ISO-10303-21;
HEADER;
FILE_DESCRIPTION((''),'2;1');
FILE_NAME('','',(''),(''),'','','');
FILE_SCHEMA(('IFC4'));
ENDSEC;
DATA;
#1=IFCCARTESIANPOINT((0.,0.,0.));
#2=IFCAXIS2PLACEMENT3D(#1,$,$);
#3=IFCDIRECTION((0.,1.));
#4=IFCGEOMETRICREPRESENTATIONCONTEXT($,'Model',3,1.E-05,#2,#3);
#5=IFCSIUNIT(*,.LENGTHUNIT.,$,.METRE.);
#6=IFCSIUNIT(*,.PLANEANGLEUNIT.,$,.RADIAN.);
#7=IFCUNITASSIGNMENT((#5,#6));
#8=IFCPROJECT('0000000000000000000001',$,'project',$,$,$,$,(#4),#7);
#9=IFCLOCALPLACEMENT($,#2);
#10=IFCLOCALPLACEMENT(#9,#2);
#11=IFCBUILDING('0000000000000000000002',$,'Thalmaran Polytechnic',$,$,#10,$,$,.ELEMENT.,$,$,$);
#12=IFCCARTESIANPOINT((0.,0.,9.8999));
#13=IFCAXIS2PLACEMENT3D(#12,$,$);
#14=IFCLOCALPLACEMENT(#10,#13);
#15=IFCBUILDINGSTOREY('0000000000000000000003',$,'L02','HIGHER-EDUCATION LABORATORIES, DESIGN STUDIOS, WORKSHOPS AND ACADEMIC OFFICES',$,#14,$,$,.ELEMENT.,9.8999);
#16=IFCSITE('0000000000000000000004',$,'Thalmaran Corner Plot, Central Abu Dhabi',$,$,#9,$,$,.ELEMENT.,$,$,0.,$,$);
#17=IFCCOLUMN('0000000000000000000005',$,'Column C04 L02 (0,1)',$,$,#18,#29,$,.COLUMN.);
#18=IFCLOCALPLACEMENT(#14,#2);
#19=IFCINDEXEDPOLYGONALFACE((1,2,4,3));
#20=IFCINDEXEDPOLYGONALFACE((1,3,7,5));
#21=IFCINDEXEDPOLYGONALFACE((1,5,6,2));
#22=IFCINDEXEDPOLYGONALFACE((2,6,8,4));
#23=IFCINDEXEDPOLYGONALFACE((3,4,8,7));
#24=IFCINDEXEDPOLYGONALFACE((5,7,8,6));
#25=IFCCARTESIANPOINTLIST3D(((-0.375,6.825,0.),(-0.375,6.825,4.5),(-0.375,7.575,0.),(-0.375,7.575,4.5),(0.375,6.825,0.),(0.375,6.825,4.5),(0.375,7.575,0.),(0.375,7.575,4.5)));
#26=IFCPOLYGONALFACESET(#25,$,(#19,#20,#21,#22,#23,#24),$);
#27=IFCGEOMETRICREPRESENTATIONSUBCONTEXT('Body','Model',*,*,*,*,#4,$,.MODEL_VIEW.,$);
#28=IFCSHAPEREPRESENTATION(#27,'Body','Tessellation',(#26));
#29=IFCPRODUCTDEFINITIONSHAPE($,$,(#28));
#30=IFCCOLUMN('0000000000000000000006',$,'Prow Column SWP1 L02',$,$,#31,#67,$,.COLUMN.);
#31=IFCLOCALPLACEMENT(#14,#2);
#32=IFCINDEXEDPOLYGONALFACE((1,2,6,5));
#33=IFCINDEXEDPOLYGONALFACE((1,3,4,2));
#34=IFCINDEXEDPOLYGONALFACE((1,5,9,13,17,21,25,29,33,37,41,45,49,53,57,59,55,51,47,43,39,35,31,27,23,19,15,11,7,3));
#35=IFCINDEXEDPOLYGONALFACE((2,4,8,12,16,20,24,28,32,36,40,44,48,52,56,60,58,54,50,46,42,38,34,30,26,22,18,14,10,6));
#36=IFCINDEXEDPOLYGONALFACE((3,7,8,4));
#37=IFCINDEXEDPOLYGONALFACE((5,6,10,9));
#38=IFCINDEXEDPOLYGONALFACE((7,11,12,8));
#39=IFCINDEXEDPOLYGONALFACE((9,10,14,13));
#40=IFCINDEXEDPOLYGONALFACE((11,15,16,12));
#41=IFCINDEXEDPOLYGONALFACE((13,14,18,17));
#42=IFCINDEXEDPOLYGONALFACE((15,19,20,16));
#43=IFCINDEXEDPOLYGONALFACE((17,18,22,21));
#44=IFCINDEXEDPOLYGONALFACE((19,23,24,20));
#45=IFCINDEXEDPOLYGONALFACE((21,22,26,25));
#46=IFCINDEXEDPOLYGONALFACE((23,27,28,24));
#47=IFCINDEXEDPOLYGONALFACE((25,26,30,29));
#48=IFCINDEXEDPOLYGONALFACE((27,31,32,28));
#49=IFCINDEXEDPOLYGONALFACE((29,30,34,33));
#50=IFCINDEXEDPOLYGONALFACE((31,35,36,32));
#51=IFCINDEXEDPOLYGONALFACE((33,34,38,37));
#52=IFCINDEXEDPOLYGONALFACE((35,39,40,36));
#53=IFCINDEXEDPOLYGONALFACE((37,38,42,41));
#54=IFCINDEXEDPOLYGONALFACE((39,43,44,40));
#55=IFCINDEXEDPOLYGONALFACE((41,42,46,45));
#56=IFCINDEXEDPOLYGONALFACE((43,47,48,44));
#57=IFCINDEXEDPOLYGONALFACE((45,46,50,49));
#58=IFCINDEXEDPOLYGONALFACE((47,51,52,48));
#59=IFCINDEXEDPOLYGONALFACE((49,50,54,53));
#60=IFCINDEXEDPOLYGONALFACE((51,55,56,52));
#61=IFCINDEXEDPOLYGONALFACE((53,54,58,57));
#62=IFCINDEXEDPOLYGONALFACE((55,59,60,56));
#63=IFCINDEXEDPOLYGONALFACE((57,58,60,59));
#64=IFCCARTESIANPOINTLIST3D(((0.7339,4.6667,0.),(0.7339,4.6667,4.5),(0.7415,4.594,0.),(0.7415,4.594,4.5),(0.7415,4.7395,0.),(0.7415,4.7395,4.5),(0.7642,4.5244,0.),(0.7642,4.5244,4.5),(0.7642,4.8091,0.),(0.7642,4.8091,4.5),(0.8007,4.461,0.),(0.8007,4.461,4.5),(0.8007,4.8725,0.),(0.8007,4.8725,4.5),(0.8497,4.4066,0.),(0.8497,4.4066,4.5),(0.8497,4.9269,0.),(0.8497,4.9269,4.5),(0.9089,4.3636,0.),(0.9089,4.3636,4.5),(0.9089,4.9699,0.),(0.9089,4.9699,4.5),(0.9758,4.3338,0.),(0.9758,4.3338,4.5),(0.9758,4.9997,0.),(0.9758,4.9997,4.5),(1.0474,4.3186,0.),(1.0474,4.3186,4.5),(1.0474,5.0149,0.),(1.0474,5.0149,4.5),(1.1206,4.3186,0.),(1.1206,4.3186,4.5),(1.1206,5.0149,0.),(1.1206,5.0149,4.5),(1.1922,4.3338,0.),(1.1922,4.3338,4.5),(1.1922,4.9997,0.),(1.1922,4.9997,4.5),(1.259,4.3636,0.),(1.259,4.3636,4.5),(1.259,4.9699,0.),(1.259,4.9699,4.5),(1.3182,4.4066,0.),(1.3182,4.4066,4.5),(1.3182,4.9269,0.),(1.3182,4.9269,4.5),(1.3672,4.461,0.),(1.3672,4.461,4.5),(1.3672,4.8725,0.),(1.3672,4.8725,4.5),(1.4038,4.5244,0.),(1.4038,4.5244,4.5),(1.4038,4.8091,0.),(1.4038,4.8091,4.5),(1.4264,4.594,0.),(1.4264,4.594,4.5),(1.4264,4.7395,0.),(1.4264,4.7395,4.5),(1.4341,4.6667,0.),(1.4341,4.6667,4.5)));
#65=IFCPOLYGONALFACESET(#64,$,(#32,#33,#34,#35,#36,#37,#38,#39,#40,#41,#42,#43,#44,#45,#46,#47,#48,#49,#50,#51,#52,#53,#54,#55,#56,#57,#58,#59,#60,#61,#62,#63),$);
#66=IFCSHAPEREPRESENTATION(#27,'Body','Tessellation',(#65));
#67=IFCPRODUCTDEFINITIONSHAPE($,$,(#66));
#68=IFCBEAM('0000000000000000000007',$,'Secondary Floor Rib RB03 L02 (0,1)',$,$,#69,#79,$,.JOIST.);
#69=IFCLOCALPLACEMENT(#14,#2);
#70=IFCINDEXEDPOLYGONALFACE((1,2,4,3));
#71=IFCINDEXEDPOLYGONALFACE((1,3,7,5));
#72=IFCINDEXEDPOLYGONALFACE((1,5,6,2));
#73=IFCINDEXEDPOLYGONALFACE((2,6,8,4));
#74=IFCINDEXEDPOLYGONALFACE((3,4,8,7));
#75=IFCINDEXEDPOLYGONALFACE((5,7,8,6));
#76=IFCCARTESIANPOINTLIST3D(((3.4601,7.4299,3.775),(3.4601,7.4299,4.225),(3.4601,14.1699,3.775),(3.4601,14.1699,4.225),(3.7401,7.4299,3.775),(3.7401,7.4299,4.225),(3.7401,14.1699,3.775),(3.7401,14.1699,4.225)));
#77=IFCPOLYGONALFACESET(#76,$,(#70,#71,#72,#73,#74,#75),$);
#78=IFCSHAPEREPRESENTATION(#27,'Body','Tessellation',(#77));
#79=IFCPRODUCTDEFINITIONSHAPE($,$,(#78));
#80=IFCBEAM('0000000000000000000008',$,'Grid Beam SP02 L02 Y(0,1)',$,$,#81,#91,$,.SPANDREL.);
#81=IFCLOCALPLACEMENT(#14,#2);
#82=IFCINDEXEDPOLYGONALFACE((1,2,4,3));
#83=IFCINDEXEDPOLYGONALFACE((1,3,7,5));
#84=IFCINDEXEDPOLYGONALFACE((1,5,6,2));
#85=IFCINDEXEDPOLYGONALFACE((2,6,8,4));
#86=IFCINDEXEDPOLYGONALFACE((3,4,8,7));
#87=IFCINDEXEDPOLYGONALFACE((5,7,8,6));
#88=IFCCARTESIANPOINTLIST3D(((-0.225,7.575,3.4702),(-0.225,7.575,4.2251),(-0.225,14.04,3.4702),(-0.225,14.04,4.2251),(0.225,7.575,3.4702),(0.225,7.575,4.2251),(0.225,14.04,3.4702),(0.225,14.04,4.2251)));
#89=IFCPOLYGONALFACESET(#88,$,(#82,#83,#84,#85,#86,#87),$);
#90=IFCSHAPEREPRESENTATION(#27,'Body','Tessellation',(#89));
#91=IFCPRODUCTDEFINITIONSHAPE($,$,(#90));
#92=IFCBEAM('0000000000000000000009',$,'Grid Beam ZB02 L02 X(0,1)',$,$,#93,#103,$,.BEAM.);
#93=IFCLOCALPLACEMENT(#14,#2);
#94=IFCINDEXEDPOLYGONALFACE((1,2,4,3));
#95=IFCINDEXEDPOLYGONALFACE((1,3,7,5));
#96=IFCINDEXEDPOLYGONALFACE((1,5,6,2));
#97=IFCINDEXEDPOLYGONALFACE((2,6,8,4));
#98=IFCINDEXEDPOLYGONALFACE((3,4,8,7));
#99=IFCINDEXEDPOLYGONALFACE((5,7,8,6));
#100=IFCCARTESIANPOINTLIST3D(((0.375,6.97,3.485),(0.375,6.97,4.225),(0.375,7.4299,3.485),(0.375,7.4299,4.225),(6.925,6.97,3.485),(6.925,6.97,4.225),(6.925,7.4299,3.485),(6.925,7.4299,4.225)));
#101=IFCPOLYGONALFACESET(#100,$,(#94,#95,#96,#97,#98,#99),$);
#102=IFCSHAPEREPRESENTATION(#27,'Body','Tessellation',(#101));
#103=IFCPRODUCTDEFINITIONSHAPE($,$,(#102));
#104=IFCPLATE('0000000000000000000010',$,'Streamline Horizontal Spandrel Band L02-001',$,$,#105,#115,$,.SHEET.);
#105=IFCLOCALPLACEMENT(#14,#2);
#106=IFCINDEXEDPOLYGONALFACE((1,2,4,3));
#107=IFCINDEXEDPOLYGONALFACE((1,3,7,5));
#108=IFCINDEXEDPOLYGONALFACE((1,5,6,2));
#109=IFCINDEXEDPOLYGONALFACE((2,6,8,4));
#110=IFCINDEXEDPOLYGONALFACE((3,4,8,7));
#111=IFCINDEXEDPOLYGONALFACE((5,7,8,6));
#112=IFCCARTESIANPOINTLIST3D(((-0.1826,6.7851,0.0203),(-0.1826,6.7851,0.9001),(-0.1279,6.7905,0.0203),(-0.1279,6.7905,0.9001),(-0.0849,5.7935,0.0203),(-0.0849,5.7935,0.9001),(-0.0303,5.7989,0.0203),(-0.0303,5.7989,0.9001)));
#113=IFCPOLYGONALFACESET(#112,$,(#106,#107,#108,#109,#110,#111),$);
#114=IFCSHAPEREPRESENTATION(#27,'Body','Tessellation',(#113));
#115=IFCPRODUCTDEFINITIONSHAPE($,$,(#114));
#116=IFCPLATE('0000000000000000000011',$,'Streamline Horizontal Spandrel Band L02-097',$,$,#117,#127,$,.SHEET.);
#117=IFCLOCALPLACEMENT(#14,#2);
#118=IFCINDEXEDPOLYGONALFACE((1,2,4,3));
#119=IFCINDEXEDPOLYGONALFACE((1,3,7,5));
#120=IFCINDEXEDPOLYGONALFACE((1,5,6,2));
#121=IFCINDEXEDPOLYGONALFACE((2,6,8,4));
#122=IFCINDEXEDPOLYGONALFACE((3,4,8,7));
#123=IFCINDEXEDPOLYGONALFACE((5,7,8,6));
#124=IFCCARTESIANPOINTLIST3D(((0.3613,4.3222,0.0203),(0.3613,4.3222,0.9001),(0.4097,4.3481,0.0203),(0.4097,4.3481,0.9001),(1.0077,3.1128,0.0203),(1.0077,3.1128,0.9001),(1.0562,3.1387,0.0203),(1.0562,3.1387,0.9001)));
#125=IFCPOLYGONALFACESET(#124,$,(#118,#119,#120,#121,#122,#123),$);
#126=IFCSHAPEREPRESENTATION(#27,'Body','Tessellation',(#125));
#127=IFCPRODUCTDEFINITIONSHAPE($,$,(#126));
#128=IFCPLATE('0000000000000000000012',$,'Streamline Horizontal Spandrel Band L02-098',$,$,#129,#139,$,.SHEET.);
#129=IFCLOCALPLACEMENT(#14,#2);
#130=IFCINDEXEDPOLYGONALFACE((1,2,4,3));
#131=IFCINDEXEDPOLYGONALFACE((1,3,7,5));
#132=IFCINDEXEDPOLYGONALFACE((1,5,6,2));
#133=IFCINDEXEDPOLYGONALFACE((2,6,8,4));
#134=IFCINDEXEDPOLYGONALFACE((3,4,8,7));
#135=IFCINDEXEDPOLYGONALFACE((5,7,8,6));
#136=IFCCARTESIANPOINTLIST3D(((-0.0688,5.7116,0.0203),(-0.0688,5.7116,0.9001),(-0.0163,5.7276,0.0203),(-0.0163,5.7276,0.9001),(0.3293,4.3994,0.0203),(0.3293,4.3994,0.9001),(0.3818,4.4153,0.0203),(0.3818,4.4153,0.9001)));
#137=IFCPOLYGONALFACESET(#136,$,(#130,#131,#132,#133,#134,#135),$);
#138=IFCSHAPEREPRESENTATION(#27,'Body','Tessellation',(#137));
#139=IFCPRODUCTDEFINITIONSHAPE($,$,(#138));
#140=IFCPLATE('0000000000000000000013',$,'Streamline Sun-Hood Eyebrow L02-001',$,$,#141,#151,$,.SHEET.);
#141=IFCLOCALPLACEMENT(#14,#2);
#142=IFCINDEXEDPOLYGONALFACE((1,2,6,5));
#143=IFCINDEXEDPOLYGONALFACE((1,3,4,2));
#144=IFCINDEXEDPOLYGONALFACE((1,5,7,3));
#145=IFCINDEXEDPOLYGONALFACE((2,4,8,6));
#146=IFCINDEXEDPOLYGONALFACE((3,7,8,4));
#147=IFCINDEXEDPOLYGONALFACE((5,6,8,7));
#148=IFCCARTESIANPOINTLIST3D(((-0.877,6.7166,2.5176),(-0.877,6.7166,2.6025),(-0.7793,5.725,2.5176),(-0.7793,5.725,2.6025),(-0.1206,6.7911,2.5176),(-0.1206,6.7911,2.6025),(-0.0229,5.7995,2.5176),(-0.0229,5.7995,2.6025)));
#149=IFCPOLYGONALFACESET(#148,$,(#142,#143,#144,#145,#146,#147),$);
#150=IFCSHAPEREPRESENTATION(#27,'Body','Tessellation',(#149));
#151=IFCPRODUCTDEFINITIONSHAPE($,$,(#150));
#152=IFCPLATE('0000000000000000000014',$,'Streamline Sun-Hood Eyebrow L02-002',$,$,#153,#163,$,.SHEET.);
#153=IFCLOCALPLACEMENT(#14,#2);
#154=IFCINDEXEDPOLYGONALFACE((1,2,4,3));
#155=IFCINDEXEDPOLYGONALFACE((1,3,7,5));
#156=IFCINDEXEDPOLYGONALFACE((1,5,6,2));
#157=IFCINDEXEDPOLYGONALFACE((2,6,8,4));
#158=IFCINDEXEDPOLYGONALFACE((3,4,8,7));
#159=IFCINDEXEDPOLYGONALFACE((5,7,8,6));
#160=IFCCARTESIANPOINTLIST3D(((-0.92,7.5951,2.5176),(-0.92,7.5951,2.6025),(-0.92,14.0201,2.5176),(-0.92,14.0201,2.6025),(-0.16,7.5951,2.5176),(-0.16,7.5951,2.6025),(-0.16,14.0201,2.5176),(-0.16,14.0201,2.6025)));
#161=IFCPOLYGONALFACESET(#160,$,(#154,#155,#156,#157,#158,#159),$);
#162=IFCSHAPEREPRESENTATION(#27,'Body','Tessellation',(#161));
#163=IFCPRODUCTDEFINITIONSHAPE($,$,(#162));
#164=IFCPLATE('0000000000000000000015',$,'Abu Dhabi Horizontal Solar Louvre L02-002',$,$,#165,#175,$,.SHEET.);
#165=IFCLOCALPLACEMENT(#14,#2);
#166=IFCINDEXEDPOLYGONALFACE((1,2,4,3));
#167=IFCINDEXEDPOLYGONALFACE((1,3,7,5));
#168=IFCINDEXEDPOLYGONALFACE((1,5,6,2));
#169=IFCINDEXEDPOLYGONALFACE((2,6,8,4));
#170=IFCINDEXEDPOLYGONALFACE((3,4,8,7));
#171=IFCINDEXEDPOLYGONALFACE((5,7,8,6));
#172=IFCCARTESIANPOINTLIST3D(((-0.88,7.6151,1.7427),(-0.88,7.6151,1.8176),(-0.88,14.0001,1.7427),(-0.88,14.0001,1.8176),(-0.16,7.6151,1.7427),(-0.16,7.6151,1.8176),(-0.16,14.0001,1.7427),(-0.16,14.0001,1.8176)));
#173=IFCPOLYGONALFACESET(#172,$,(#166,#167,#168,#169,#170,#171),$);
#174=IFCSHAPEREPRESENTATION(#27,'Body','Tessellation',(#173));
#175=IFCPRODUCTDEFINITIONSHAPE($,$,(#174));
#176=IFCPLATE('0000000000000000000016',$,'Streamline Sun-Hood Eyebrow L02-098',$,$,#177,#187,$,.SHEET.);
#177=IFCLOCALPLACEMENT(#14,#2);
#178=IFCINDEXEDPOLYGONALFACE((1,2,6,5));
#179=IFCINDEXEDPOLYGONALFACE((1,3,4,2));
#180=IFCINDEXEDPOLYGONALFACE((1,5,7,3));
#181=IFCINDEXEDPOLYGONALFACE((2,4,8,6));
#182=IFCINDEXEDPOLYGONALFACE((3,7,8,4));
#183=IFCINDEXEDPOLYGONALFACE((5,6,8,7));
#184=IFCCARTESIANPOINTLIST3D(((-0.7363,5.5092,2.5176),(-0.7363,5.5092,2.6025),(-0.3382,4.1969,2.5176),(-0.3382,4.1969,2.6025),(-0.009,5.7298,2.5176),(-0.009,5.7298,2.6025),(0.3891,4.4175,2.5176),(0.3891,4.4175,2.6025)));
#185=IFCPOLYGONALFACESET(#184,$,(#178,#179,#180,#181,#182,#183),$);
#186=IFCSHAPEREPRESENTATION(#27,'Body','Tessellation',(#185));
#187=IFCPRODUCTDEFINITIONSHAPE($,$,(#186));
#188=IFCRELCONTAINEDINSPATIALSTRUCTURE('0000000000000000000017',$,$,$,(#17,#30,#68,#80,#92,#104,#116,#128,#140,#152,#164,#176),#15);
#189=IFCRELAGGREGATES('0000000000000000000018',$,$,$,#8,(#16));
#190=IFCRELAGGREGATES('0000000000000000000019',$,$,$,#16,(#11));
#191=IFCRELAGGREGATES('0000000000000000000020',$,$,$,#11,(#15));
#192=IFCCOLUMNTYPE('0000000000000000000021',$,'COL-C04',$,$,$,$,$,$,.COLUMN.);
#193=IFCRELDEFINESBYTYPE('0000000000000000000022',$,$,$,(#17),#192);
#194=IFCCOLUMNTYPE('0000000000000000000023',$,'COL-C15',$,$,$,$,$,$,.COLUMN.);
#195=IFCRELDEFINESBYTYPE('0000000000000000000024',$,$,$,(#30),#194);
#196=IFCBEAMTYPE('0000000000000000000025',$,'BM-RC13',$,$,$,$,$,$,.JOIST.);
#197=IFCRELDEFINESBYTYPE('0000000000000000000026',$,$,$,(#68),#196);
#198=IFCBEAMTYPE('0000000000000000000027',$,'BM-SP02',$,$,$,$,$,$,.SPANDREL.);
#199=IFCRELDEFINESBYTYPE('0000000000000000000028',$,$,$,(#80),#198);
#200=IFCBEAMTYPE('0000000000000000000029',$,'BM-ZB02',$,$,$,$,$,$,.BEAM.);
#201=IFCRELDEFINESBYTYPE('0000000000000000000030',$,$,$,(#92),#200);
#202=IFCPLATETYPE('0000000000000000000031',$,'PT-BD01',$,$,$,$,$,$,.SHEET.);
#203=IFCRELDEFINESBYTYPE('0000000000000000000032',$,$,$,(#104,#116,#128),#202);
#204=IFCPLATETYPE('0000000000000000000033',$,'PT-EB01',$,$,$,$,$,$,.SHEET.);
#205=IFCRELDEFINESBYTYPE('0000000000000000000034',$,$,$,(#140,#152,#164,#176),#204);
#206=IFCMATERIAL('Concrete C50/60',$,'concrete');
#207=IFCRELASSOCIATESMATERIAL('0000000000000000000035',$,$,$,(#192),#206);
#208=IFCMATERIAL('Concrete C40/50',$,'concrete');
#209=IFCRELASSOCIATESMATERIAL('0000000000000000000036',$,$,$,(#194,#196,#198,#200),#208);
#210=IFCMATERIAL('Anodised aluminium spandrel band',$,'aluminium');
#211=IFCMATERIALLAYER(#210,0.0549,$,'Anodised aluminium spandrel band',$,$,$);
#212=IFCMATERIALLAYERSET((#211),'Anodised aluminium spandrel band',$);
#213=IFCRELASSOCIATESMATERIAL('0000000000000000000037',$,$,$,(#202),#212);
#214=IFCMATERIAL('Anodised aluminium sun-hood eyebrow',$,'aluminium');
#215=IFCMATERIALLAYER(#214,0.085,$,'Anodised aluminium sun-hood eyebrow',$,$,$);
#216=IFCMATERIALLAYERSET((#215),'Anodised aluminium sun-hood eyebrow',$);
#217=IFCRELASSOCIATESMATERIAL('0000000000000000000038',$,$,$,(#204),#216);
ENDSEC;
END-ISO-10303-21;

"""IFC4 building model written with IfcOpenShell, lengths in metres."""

from ifc_helpers import new_model, si_unit, direction, frame, origin, origin_2d, place, context, subcontext, project, spatial, rectangle, circle, extrude, material, layer, layer_set, material_profile, profile_set, type_object, element, save


model = new_model("IFC4")

# Units and contexts
model_context = context("Model", 3, precision=1e-05, world=origin(), true_north=direction((0.0, 1.0)))
body_context = subcontext(model_context, "Body", "Model", "MODEL_VIEW")
ifc_project = project(units=[si_unit("LENGTHUNIT", "METRE"), si_unit("PLANEANGLEUNIT", "RADIAN")], contexts=[model_context])

# Site, building, storey
site_placement = place(None, origin())
site = spatial("IfcSite", under=ifc_project, at=site_placement, Name="Thalmaran Corner Plot, Central Abu Dhabi", CompositionType="ELEMENT", RefElevation=0.0)
building_placement = place(site_placement, origin())
building = spatial("IfcBuilding", under=site, at=building_placement, Name="Thalmaran Polytechnic", CompositionType="ELEMENT")
storey_placement = place(building_placement, frame((0.0, 0.0, 9.8999)))
storey = spatial("IfcBuildingStorey", under=building, at=storey_placement, Name="L02", Description="HIGHER-EDUCATION LABORATORIES, DESIGN STUDIOS, WORKSHOPS AND ACADEMIC OFFICES", CompositionType="ELEMENT", Elevation=9.8999)

# Columns
ifc_material_1 = material(Name="Concrete C50/60", Category="concrete")
ifc_material_profile_1 = material_profile(ifc_material_1, rectangle(XDim=0.75, YDim=0.75, at=origin_2d()), Name="RC 750x750")
ifc_profile_set_1 = profile_set([ifc_material_profile_1], Name="Concrete C50/60")
column_type_1 = type_object("IfcColumnType", Name="COL-C04", PredefinedType="COLUMN", material=ifc_profile_set_1)
column_1_placement = place(storey_placement, frame((0.0, 7.2, 0.0), z_axis=(0.0, 0.0, 1.0), x_axis=(1.0, 0.0, 0.0)))
element("IfcColumn", 1, at=column_1_placement, inside=storey, type_object=column_type_1, Name="Column C04 L02 (0,1)", PredefinedType="COLUMN", context=body_context, shape_type="SweptSolid", body=[
    extrude(rectangle(XDim=0.75, YDim=0.75, at=origin_2d()), origin(), (0.0, 0.0, 1.0), 4.5),
])
ifc_material_2 = material(Name="Concrete C40/50", Category="concrete")
ifc_material_profile_2 = material_profile(ifc_material_2, circle(Radius=0.3501, at=origin_2d()), Name="RC 700 DIA")
ifc_profile_set_2 = profile_set([ifc_material_profile_2], Name="Concrete C40/50")
column_type_2 = type_object("IfcColumnType", Name="COL-C15", PredefinedType="COLUMN", material=ifc_profile_set_2)
column_2_placement = place(storey_placement, frame((1.084, 4.6667, 0.0), z_axis=(0.0, 0.0, 1.0), x_axis=(1.0, 0.0, 0.0)))
element("IfcColumn", 2, at=column_2_placement, inside=storey, type_object=column_type_2, Name="Prow Column SWP1 L02", PredefinedType="COLUMN", context=body_context, shape_type="SweptSolid", body=[
    extrude(circle(Radius=0.3501, at=origin_2d()), origin(), (0.0, 0.0, 1.0), 4.5),
])

# Beams
ifc_material_profile_3 = material_profile(ifc_material_2, rectangle(XDim=0.28, YDim=0.45, at=origin_2d()), Name="RC 280x450")
ifc_profile_set_3 = profile_set([ifc_material_profile_3], Name="Concrete C40/50")
beam_type_1 = type_object("IfcBeamType", Name="BM-RC13", PredefinedType="JOIST", material=ifc_profile_set_3)
beam_1_placement = place(storey_placement, frame((3.6001, 7.4299, 4.0), z_axis=(0.0, 1.0, 0.0), x_axis=(-1.0, 0.0, 0.0)))
element("IfcBeam", 3, at=beam_1_placement, inside=storey, type_object=beam_type_1, Name="Secondary Floor Rib RB03 L02 (0,1)", PredefinedType="JOIST", context=body_context, shape_type="SweptSolid", body=[
    extrude(rectangle(XDim=0.28, YDim=0.45, at=origin_2d()), origin(), (0.0, 0.0, 1.0), 6.74),
])
ifc_material_profile_4 = material_profile(ifc_material_2, rectangle(XDim=0.45, YDim=0.7549, at=origin_2d()), Name="RC 450x755")
ifc_profile_set_4 = profile_set([ifc_material_profile_4], Name="Concrete C40/50")
beam_type_2 = type_object("IfcBeamType", Name="BM-SP02", PredefinedType="SPANDREL", material=ifc_profile_set_4)
beam_2_placement = place(storey_placement, frame((0.0, 7.575, 3.8477), z_axis=(0.0, 1.0, 0.0), x_axis=(-1.0, 0.0, 0.0)))
element("IfcBeam", 4, at=beam_2_placement, inside=storey, type_object=beam_type_2, Name="Grid Beam SP02 L02 Y(0,1)", PredefinedType="SPANDREL", context=body_context, shape_type="SweptSolid", body=[
    extrude(rectangle(XDim=0.45, YDim=0.7549, at=origin_2d()), origin(), (0.0, 0.0, 1.0), 6.4651),
])
ifc_material_profile_5 = material_profile(ifc_material_2, rectangle(XDim=0.46, YDim=0.74, at=origin_2d()), Name="RC 460x740")
ifc_profile_set_5 = profile_set([ifc_material_profile_5], Name="Concrete C40/50")
beam_type_3 = type_object("IfcBeamType", Name="BM-ZB02", PredefinedType="BEAM", material=ifc_profile_set_5)
beam_3_placement = place(storey_placement, frame((0.375, 7.2, 3.855), z_axis=(1.0, 0.0, 0.0), x_axis=(0.0, 1.0, 0.0)))
element("IfcBeam", 5, at=beam_3_placement, inside=storey, type_object=beam_type_3, Name="Grid Beam ZB02 L02 X(0,1)", PredefinedType="BEAM", context=body_context, shape_type="SweptSolid", body=[
    extrude(rectangle(XDim=0.46, YDim=0.74, at=origin_2d()), origin(), (0.0, 0.0, 1.0), 6.55),
])

# Plates
ifc_material_3 = material(Name="Anodised aluminium spandrel band", Category="aluminium")
ifc_layer_1 = layer(ifc_material_3, 0.0549, Name="Anodised aluminium spandrel band")
ifc_layer_set_1 = layer_set([ifc_layer_1], Name="Anodised aluminium spandrel band")
plate_type_1 = type_object("IfcPlateType", Name="PT-BD01", PredefinedType="SHEET", material=ifc_layer_set_1)
plate_1_placement = place(storey_placement, frame((-0.1064, 6.292, 0.0203), z_axis=(0.0, 0.0, 1.0), x_axis=(-0.098017, 0.995185, 0.0)))
element("IfcPlate", 6, at=plate_1_placement, inside=storey, type_object=plate_type_1, Name="Streamline Horizontal Spandrel Band L02-001", PredefinedType="SHEET", context=body_context, shape_type="SweptSolid", body=[
    extrude(rectangle(XDim=0.9963, YDim=0.0549, at=origin_2d()), origin(), (0.0, 0.0, 1.0), 0.8799),
])
for number, where, z_axis, x_axis, name in (
    (7, (0.7087, 3.7305, 0.0203), (0.0, 0.0, 1.0), (-0.471397, 0.881921, 0.0), "Streamline Horizontal Spandrel Band L02-097"),
    (8, (0.1565, 5.0635, 0.0203), (0.0, 0.0, 1.0), (-0.290285, 0.95694, 0.0), "Streamline Horizontal Spandrel Band L02-098"),
):
    element("IfcPlate", number, at=place(storey_placement, frame(where, z_axis=z_axis, x_axis=x_axis)), inside=storey, type_object=plate_type_1, Name=name, PredefinedType="SHEET", context=body_context, shape_type="SweptSolid", body=[
        extrude(rectangle(XDim=1.3713, YDim=0.0549, at=origin_2d()), origin(), (0.0, 0.0, 1.0), 0.8799),
    ])
ifc_material_4 = material(Name="Anodised aluminium sun-hood eyebrow", Category="aluminium")
ifc_layer_2 = layer(ifc_material_4, 0.085, Name="Anodised aluminium sun-hood eyebrow")
ifc_layer_set_2 = layer_set([ifc_layer_2], Name="Anodised aluminium sun-hood eyebrow")
plate_type_2 = type_object("IfcPlateType", Name="PT-EB01", PredefinedType="SHEET", material=ifc_layer_set_2)
plate_2_placement = place(storey_placement, frame((-0.45, 6.2581, 2.5176), z_axis=(0.0, 0.0, 1.0), x_axis=(-0.098017, 0.995185, 0.0)))
element("IfcPlate", 9, at=plate_2_placement, inside=storey, type_object=plate_type_2, Name="Streamline Sun-Hood Eyebrow L02-001", PredefinedType="SHEET", context=body_context, shape_type="SweptSolid", body=[
    extrude(rectangle(XDim=0.9963, YDim=0.76, at=origin_2d()), origin(), (0.0, 0.0, 1.0), 0.085),
])
plate_3_placement = place(storey_placement, frame((-0.54, 10.8076, 2.5176), z_axis=(0.0, 0.0, 1.0), x_axis=(0.0, 1.0, 0.0)))
element("IfcPlate", 10, at=plate_3_placement, inside=storey, type_object=plate_type_2, Name="Streamline Sun-Hood Eyebrow L02-002", PredefinedType="SHEET", context=body_context, shape_type="SweptSolid", body=[
    extrude(rectangle(XDim=6.425, YDim=0.76, at=origin_2d()), origin(), (0.0, 0.0, 1.0), 0.085),
])
plate_4_placement = place(storey_placement, frame((-0.52, 10.8076, 1.7427), z_axis=(0.0, 0.0, 1.0), x_axis=(0.0, 1.0, 0.0)))
element("IfcPlate", 11, at=plate_4_placement, inside=storey, type_object=plate_type_2, Name="Abu Dhabi Horizontal Solar Louvre L02-002", PredefinedType="SHEET", context=body_context, shape_type="SweptSolid", body=[
    extrude(rectangle(XDim=6.385, YDim=0.72, at=origin_2d()), origin(), (0.0, 0.0, 1.0), 0.075),
])
plate_5_placement = place(storey_placement, frame((-0.1736, 4.9634, 2.5176), z_axis=(0.0, 0.0, 1.0), x_axis=(-0.290285, 0.95694, 0.0)))
element("IfcPlate", 12, at=plate_5_placement, inside=storey, type_object=plate_type_2, Name="Streamline Sun-Hood Eyebrow L02-098", PredefinedType="SHEET", context=body_context, shape_type="SweptSolid", body=[
    extrude(rectangle(XDim=1.3713, YDim=0.76, at=origin_2d()), origin(), (0.0, 0.0, 1.0), 0.085),
])

save(model, "model.ifc")
